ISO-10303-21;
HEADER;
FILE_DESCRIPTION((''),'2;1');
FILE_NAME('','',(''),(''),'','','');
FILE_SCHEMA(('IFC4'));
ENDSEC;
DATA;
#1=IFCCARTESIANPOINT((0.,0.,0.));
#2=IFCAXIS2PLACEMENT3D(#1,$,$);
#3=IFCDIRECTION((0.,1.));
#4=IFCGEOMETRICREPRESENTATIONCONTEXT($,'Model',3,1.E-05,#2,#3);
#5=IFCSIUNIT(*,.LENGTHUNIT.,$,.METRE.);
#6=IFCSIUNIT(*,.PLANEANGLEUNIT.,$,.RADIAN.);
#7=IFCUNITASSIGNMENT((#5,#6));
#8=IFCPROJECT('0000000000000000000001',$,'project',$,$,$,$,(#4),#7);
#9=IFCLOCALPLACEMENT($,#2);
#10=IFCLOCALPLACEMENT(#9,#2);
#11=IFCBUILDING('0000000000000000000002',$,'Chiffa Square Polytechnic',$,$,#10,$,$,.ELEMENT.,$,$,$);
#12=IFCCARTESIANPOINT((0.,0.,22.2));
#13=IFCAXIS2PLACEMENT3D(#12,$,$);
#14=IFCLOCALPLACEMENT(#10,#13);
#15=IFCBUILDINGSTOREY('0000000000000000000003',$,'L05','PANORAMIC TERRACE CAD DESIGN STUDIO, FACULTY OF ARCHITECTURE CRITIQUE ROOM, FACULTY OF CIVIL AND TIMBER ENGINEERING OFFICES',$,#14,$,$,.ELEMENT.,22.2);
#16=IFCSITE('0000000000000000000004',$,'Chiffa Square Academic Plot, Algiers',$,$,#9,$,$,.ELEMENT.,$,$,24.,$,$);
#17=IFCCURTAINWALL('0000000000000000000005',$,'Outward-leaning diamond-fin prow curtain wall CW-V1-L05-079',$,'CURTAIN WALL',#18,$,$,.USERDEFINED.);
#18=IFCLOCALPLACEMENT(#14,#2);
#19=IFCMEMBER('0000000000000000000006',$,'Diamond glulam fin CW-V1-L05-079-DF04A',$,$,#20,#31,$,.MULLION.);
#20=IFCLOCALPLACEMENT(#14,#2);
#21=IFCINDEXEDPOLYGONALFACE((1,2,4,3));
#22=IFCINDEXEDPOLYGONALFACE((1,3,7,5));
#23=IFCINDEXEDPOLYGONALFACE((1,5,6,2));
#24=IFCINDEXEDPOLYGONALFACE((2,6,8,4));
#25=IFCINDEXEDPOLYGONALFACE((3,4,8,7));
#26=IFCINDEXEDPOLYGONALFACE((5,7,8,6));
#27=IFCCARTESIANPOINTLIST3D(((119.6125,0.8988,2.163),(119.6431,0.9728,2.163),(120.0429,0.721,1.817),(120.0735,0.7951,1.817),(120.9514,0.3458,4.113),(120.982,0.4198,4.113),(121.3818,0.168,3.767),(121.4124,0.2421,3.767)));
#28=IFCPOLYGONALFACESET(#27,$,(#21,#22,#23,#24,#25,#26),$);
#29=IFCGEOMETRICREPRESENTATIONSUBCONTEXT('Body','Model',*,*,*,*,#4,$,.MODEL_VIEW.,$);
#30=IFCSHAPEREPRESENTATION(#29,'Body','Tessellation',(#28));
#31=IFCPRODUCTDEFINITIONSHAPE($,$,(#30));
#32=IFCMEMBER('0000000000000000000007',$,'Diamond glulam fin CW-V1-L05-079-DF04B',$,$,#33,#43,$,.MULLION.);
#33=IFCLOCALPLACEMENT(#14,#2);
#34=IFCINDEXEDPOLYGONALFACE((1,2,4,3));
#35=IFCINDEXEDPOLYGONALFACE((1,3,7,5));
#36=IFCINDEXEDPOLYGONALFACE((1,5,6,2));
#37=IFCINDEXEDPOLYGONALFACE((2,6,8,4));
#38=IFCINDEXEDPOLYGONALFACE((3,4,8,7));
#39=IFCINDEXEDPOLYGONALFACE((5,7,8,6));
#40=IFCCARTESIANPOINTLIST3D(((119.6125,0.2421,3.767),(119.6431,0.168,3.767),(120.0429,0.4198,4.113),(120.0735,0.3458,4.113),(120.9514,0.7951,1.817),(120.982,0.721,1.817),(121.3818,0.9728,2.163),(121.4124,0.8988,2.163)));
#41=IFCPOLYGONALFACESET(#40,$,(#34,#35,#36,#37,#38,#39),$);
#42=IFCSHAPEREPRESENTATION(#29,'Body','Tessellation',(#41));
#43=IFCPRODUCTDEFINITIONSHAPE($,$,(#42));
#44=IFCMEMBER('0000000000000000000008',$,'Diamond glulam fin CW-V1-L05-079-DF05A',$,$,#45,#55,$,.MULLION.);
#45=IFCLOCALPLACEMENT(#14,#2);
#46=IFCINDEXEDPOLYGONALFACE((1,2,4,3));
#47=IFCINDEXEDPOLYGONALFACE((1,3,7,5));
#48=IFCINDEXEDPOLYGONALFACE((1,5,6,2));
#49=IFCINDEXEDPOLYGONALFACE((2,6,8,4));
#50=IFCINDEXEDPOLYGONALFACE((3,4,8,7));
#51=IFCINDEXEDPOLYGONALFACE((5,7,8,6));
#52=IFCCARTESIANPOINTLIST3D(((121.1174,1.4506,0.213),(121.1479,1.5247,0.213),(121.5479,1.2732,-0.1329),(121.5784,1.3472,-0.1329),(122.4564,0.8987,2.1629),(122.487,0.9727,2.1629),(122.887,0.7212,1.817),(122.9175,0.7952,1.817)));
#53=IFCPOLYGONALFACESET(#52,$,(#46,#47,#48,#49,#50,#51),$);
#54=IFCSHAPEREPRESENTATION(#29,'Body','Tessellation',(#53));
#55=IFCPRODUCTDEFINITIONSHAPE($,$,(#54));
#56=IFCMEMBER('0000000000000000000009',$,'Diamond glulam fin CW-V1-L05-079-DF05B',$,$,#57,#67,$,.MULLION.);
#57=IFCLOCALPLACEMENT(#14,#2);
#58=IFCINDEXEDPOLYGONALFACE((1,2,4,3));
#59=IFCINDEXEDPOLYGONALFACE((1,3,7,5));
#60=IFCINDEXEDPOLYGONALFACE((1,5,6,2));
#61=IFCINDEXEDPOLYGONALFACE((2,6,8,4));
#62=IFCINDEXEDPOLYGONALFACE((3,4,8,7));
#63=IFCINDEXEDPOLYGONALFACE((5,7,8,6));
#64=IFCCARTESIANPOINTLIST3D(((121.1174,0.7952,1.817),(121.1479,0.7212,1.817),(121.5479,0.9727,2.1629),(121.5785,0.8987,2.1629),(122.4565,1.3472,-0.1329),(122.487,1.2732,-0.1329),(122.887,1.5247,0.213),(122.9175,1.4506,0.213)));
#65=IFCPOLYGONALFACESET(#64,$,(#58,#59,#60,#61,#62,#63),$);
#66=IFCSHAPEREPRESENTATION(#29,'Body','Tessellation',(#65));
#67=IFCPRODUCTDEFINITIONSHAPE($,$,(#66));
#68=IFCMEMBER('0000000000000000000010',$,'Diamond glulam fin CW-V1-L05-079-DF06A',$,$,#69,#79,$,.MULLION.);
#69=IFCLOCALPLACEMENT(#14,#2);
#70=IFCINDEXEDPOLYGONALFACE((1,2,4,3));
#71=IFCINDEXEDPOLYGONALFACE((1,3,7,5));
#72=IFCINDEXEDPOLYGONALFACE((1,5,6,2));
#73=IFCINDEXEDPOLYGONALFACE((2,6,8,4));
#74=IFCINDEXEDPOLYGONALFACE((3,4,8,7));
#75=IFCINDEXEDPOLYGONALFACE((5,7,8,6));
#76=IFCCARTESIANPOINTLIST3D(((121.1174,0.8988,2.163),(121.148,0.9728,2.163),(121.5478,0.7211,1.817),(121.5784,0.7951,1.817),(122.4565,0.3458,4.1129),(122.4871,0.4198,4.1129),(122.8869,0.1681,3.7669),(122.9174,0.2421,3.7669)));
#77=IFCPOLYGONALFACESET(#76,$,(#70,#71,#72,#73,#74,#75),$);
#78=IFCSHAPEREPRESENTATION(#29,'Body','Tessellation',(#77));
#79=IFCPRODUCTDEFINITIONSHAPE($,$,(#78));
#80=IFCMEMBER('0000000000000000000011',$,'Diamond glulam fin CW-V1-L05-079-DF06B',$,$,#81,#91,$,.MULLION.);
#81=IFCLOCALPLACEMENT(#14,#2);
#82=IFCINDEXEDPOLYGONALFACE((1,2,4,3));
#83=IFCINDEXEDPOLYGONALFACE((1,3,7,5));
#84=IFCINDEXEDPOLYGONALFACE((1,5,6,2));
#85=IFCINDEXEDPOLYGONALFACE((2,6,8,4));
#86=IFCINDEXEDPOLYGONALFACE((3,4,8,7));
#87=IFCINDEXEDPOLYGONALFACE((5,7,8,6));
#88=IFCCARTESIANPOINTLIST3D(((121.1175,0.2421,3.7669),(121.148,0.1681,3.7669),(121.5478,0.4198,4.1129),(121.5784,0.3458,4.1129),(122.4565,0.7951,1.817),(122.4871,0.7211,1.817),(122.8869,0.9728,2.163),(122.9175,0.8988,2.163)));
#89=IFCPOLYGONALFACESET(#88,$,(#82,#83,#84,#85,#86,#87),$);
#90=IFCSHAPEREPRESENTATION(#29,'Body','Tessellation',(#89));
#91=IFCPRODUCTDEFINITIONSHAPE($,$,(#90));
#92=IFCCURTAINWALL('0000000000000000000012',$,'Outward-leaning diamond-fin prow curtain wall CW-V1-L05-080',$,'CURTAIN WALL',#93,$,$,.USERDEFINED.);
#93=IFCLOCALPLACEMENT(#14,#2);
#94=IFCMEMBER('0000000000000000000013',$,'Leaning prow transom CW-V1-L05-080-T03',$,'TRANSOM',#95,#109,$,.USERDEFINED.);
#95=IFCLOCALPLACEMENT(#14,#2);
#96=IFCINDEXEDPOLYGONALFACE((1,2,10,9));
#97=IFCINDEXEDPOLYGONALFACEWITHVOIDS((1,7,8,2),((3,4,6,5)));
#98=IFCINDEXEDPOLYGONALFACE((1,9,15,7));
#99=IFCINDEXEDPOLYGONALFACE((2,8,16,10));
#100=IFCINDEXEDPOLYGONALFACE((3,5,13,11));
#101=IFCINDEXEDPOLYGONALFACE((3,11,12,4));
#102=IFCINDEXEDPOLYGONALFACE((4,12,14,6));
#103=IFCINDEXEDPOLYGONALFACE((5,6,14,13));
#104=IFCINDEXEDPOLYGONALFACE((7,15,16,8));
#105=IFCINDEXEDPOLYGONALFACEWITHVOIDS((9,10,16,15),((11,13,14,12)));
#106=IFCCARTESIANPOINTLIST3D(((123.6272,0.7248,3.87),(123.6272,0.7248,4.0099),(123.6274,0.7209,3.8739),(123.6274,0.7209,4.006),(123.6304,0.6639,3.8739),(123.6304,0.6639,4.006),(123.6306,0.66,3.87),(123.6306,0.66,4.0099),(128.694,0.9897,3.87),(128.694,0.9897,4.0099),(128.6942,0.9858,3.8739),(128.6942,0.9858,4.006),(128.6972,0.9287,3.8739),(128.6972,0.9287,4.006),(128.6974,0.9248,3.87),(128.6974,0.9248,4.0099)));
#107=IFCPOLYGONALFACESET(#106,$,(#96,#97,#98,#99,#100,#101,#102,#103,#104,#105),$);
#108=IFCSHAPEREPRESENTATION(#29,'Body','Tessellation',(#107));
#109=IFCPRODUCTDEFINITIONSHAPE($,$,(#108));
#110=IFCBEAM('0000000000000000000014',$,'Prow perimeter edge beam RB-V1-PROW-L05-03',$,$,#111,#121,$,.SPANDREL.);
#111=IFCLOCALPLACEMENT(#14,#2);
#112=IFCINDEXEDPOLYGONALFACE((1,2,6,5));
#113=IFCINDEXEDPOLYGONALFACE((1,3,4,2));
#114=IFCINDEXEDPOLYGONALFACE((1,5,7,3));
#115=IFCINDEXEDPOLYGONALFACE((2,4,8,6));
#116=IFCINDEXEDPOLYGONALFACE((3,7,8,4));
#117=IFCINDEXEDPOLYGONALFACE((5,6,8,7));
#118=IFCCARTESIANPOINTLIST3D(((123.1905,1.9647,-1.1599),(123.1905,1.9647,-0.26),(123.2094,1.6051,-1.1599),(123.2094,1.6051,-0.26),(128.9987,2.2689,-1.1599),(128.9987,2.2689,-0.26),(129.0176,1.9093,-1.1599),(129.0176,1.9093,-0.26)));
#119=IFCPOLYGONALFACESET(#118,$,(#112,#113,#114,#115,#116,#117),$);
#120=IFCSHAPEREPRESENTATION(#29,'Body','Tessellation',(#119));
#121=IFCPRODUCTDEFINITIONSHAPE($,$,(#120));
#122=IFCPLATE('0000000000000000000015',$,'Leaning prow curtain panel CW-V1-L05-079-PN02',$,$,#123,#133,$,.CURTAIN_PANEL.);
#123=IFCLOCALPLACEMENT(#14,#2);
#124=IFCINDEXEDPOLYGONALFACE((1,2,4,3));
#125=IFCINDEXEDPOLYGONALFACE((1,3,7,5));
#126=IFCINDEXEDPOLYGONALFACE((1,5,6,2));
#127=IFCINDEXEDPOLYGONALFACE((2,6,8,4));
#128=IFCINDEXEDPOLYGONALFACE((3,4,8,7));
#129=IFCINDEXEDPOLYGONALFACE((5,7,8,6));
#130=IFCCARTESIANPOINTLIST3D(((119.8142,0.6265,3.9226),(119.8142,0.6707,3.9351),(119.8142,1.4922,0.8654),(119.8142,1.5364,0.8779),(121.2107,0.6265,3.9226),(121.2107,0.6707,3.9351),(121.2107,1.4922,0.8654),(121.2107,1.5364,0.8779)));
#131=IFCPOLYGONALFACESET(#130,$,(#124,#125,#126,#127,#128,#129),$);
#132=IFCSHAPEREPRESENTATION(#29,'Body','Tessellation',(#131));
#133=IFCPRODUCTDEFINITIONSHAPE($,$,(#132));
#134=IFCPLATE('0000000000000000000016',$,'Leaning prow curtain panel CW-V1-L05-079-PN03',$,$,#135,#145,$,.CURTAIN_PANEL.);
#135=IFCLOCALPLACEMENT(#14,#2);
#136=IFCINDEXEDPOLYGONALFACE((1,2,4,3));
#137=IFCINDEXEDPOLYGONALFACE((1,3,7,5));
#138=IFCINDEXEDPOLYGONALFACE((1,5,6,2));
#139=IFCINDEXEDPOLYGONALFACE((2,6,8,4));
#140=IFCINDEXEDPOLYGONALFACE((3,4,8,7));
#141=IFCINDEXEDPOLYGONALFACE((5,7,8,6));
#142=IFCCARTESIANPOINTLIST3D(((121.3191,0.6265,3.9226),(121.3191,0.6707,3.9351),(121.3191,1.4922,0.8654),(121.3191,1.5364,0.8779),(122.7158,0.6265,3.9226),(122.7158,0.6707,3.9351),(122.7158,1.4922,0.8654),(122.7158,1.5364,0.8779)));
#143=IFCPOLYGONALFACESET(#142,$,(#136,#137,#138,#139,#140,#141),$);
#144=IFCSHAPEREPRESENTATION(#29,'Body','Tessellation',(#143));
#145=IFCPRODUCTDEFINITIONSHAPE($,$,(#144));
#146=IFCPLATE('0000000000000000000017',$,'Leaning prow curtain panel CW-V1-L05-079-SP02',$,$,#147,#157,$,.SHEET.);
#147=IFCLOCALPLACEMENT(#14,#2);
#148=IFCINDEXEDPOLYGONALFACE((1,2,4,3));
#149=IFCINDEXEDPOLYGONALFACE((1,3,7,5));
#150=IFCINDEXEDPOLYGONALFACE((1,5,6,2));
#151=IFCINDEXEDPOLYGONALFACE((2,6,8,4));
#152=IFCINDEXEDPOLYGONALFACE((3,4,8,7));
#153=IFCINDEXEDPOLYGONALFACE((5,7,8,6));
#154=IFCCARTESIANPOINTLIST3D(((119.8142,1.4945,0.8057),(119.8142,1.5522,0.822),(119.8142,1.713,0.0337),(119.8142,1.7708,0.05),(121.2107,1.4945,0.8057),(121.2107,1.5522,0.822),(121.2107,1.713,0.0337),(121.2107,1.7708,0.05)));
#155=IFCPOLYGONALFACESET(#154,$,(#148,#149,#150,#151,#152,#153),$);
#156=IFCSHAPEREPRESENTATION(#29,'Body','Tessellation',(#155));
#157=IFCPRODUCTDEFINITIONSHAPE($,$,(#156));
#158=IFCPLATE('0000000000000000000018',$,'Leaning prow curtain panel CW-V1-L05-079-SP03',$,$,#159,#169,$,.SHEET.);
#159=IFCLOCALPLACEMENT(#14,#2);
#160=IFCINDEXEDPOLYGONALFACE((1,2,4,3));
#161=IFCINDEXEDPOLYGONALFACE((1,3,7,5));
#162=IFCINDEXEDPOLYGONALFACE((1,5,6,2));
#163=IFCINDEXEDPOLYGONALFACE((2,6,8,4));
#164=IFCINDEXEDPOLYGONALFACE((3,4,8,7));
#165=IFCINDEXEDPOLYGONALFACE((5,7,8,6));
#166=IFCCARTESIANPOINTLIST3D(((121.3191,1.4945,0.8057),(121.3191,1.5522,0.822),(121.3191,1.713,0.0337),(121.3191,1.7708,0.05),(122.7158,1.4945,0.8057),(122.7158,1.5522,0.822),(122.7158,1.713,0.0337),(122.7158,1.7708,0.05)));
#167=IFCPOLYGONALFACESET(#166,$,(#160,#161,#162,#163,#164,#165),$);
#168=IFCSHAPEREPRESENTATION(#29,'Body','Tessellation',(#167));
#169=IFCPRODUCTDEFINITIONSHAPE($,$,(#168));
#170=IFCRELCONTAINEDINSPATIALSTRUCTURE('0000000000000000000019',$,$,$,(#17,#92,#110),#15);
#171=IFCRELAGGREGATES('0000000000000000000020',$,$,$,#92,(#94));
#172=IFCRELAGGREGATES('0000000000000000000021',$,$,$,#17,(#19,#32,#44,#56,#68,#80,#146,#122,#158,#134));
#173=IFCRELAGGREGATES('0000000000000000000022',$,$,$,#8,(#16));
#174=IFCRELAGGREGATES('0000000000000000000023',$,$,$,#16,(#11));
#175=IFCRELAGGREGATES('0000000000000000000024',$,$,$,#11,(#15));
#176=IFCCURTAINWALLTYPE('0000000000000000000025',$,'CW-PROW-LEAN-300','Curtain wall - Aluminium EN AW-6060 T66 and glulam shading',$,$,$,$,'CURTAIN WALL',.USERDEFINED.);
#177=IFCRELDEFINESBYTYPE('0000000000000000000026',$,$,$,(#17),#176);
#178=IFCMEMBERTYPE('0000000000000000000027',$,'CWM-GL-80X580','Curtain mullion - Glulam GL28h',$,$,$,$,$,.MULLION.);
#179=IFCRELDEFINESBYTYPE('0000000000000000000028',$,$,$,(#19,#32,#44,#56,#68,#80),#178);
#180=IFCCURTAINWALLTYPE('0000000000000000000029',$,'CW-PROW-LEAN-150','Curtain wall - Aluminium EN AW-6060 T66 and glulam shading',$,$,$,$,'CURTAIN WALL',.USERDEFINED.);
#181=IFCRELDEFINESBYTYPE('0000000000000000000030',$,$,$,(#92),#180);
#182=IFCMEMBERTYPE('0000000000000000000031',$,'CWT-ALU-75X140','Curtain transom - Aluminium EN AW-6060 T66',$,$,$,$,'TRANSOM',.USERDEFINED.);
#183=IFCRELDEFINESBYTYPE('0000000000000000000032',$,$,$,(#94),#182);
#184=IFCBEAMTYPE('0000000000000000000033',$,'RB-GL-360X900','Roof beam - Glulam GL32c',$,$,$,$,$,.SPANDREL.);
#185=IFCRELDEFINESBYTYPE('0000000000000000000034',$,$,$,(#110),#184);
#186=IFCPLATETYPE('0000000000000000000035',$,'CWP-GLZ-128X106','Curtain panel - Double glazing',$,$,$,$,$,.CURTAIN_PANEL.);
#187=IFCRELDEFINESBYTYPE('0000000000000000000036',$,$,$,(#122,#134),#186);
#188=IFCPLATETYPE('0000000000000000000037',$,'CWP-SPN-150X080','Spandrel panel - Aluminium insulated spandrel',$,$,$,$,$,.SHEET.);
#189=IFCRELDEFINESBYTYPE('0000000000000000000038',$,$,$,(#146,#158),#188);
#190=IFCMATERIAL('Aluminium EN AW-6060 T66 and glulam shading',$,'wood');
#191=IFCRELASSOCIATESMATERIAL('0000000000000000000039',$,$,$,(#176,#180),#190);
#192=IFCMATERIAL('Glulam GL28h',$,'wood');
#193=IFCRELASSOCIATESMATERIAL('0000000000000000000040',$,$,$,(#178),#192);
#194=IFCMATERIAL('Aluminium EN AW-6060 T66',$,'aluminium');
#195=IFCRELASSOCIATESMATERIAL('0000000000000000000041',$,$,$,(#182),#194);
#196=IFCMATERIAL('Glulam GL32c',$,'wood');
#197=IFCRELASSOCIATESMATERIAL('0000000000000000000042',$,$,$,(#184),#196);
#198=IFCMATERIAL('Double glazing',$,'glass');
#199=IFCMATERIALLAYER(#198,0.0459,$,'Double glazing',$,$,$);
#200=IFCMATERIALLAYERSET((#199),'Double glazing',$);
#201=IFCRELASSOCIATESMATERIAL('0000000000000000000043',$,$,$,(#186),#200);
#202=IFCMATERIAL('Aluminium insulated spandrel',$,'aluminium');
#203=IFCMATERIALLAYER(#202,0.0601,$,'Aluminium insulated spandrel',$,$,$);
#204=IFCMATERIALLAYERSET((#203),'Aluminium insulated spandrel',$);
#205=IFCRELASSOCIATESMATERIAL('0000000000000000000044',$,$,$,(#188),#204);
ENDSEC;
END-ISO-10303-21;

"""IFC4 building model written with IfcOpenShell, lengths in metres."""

from ifc_helpers import new_model, si_unit, direction, frame, origin, origin_2d, place, context, subcontext, project, spatial, polyline, rectangle, hollow_rectangle, outline, extrude, material, layer, layer_set, material_profile, profile_set, type_object, element, aggregate, save


model = new_model("IFC4")

# Units and contexts
model_context = context("Model", 3, precision=1e-05, world=origin(), true_north=direction((0.0, 1.0)))
body_context = subcontext(model_context, "Body", "Model", "MODEL_VIEW")
ifc_project = project(units=[si_unit("LENGTHUNIT", "METRE"), si_unit("PLANEANGLEUNIT", "RADIAN")], contexts=[model_context])

# Site, building, storey
site_placement = place(None, origin())
site = spatial("IfcSite", under=ifc_project, at=site_placement, Name="Chiffa Square Academic Plot, Algiers", CompositionType="ELEMENT", RefElevation=24.0)
building_placement = place(site_placement, origin())
building = spatial("IfcBuilding", under=site, at=building_placement, Name="Chiffa Square Polytechnic", CompositionType="ELEMENT")
storey_placement = place(building_placement, frame((0.0, 0.0, 22.2)))
storey = spatial("IfcBuildingStorey", under=building, at=storey_placement, Name="L05", Description="PANORAMIC TERRACE CAD DESIGN STUDIO, FACULTY OF ARCHITECTURE CRITIQUE ROOM, FACULTY OF CIVIL AND TIMBER ENGINEERING OFFICES", CompositionType="ELEMENT", Elevation=22.2)

# Shared definitions
ifc_material_1 = material(Name="Glulam GL32c", Category="wood")

# Curtain wall, members
ifc_material_2 = material(Name="Aluminium EN AW-6060 T66 and glulam shading", Category="wood")
curtain_wall_type_1 = type_object("IfcCurtainWallType", Name="CW-PROW-LEAN-300", Description="Curtain wall - Aluminium EN AW-6060 T66 and glulam shading", ElementType="CURTAIN WALL", PredefinedType="USERDEFINED", material=ifc_material_2)
curtain_wall_1_placement = place(storey_placement, origin())
curtain_wall_1 = element("IfcCurtainWall", 1, at=curtain_wall_1_placement, inside=storey, type_object=curtain_wall_type_1, Name="Outward-leaning diamond-fin prow curtain wall CW-V1-L05-079", ObjectType="CURTAIN WALL", PredefinedType="USERDEFINED")
ifc_material_3 = material(Name="Aluminium EN AW-6060 T66", Category="aluminium")
ifc_material_4 = material(Name="Glulam GL28h", Category="wood")
ifc_material_profile_1 = material_profile(ifc_material_4, rectangle(XDim=0.0801, YDim=0.5801, at=origin_2d()), Name="GL28h 80x580")
ifc_profile_set_1 = profile_set([ifc_material_profile_1], Name="Glulam GL28h")
member_type_1 = type_object("IfcMemberType", Name="CWM-GL-80X580", Description="Curtain mullion - Glulam GL28h", PredefinedType="MULLION", material=ifc_profile_set_1)
member_1_placement = place(storey_placement, frame((119.843, 0.8469, 1.99), z_axis=(0.551172, -0.227645, 0.802737), x_axis=(0.381741, 0.924269, 0.0)))
member_1 = element("IfcMember", 2, at=member_1_placement, type_object=member_type_1, Name="Diamond glulam fin CW-V1-L05-079-DF04A", PredefinedType="MULLION", context=body_context, shape_type="SweptSolid", body=[
    extrude(rectangle(XDim=0.0801, YDim=0.5801, at=origin_2d()), origin(), (0.0, 0.0, 1.0), 2.4292),
])
member_2_placement = place(storey_placement, frame((121.1819, 0.8469, 1.99), z_axis=(-0.551172, -0.227645, 0.802737), x_axis=(0.381741, -0.924269, 0.0)))
member_2 = element("IfcMember", 3, at=member_2_placement, type_object=member_type_1, Name="Diamond glulam fin CW-V1-L05-079-DF04B", PredefinedType="MULLION", context=body_context, shape_type="SweptSolid", body=[
    extrude(rectangle(XDim=0.0801, YDim=0.5801, at=origin_2d()), origin(), (0.0, 0.0, 1.0), 2.4292),
])
member_3_placement = place(storey_placement, frame((121.3479, 1.3989, 0.04), z_axis=(0.551292, -0.227251, 0.802766), x_axis=(0.381106, 0.924531, 0.0)))
member_3 = element("IfcMember", 4, at=member_3_placement, type_object=member_type_1, Name="Diamond glulam fin CW-V1-L05-079-DF05A", PredefinedType="MULLION", context=body_context, shape_type="SweptSolid", body=[
    extrude(rectangle(XDim=0.0801, YDim=0.5801, at=origin_2d()), origin(), (0.0, 0.0, 1.0), 2.429),
])
member_4_placement = place(storey_placement, frame((122.687, 1.3989, 0.04), z_axis=(-0.551292, -0.227251, 0.802766), x_axis=(0.381106, -0.924531, 0.0)))
member_4 = element("IfcMember", 5, at=member_4_placement, type_object=member_type_1, Name="Diamond glulam fin CW-V1-L05-079-DF05B", PredefinedType="MULLION", context=body_context, shape_type="SweptSolid", body=[
    extrude(rectangle(XDim=0.0801, YDim=0.5801, at=origin_2d()), origin(), (0.0, 0.0, 1.0), 2.429),
])
member_5_placement = place(storey_placement, frame((121.3479, 0.8469, 1.99), z_axis=(0.551242, -0.227632, 0.802693), x_axis=(0.381682, 0.924294, 0.0)))
member_5 = element("IfcMember", 6, at=member_5_placement, type_object=member_type_1, Name="Diamond glulam fin CW-V1-L05-079-DF06A", PredefinedType="MULLION", context=body_context, shape_type="SweptSolid", body=[
    extrude(rectangle(XDim=0.0801, YDim=0.5801, at=origin_2d()), origin(), (0.0, 0.0, 1.0), 2.4292),
])
member_6_placement = place(storey_placement, frame((122.687, 0.8469, 1.99), z_axis=(-0.551242, -0.227632, 0.802693), x_axis=(0.381682, -0.924294, 0.0)))
member_6 = element("IfcMember", 7, at=member_6_placement, type_object=member_type_1, Name="Diamond glulam fin CW-V1-L05-079-DF06B", PredefinedType="MULLION", context=body_context, shape_type="SweptSolid", body=[
    extrude(rectangle(XDim=0.0801, YDim=0.5801, at=origin_2d()), origin(), (0.0, 0.0, 1.0), 2.4292),
])

# Curtain wall, member
curtain_wall_type_2 = type_object("IfcCurtainWallType", Name="CW-PROW-LEAN-150", Description="Curtain wall - Aluminium EN AW-6060 T66 and glulam shading", ElementType="CURTAIN WALL", PredefinedType="USERDEFINED", material=ifc_material_2)
curtain_wall_2_placement = place(storey_placement, origin())
curtain_wall_2 = element("IfcCurtainWall", 8, at=curtain_wall_2_placement, inside=storey, type_object=curtain_wall_type_2, Name="Outward-leaning diamond-fin prow curtain wall CW-V1-L05-080", ObjectType="CURTAIN WALL", PredefinedType="USERDEFINED")
ifc_material_profile_2 = material_profile(ifc_material_3, hollow_rectangle(XDim=0.0649, YDim=0.1399, WallThickness=0.0039, at=origin_2d()), Name="ALU 65x140x4")
ifc_profile_set_2 = profile_set([ifc_material_profile_2], Name="Aluminium EN AW-6060 T66")
member_type_2 = type_object("IfcMemberType", Name="CWT-ALU-75X140", Description="Curtain transom - Aluminium EN AW-6060 T66", ElementType="TRANSOM", PredefinedType="USERDEFINED", material=ifc_profile_set_2)
member_7_placement = place(storey_placement, frame((123.6289, 0.6924, 3.9399), z_axis=(0.998636, 0.052208, 0.0), x_axis=(-0.052208, 0.998636, 0.0)))
member_7 = element("IfcMember", 9, at=member_7_placement, type_object=member_type_2, Name="Leaning prow transom CW-V1-L05-080-T03", ObjectType="TRANSOM", PredefinedType="USERDEFINED", context=body_context, shape_type="SweptSolid", body=[
    extrude(hollow_rectangle(XDim=0.0649, YDim=0.1399, WallThickness=0.0039, at=origin_2d()), origin(), (0.0, 0.0, 1.0), 5.0737),
])
aggregate(curtain_wall_2, [member_7])

# Beam
ifc_material_profile_3 = material_profile(ifc_material_1, rectangle(XDim=0.3601, YDim=0.8999, at=origin_2d()), Name="GL32c 360x900")
ifc_profile_set_3 = profile_set([ifc_material_profile_3], Name="Glulam GL32c")
beam_type_1 = type_object("IfcBeamType", Name="RB-GL-360X900", Description="Roof beam - Glulam GL32c", PredefinedType="SPANDREL", material=ifc_profile_set_3)
beam_1_placement = place(storey_placement, frame((123.2, 1.7849, -0.71), z_axis=(0.998631, 0.052303, 0.0), x_axis=(-0.052303, 0.998631, 0.0)))
element("IfcBeam", 10, at=beam_1_placement, inside=storey, type_object=beam_type_1, Name="Prow perimeter edge beam RB-V1-PROW-L05-03", PredefinedType="SPANDREL", context=body_context, shape_type="SweptSolid", body=[
    extrude(rectangle(XDim=0.3601, YDim=0.8999, at=origin_2d()), origin(), (0.0, 0.0, 1.0), 5.8162),
])

# Plates
ifc_material_5 = material(Name="Double glazing", Category="glass")
ifc_layer_1 = layer(ifc_material_5, 0.0459, Name="Double glazing")
ifc_layer_set_1 = layer_set([ifc_layer_1], Name="Double glazing")
plate_type_1 = type_object("IfcPlateType", Name="CWP-GLZ-128X106", Description="Curtain panel - Double glazing", PredefinedType="CURTAIN_PANEL", material=ifc_layer_set_1)
plate_1_placement = place(storey_placement, frame((119.8142, 1.5364, 0.8779), z_axis=(0.0, 0.962165, 0.272467), x_axis=(1.0, 0.0, 0.0)))
plate_1 = element("IfcPlate", 11, at=plate_1_placement, type_object=plate_type_1, Name="Leaning prow curtain panel CW-V1-L05-079-PN02", PredefinedType="CURTAIN_PANEL", context=body_context, shape_type="SweptSolid", body=[
    extrude(outline(polyline([(0.0, 0.0), (1.3965, 0.0), (1.3965, -3.1773), (0.0, -3.1773), (0.0, 0.0)])), origin(), (0.0, 0.0, -1.0), 0.0459),
])
plate_2_placement = place(storey_placement, frame((121.3191, 1.5364, 0.8779), z_axis=(0.0, 0.962165, 0.272467), x_axis=(1.0, 0.0, 0.0)))
plate_2 = element("IfcPlate", 12, at=plate_2_placement, type_object=plate_type_1, Name="Leaning prow curtain panel CW-V1-L05-079-PN03", PredefinedType="CURTAIN_PANEL", context=body_context, shape_type="SweptSolid", body=[
    extrude(outline(polyline([(0.0, 0.0), (1.3967, 0.0), (1.3967, -3.1773), (0.0, -3.1773), (0.0, 0.0)])), origin(), (0.0, 0.0, -1.0), 0.0459),
])
ifc_material_6 = material(Name="Aluminium insulated spandrel", Category="aluminium")
ifc_layer_2 = layer(ifc_material_6, 0.0601, Name="Aluminium insulated spandrel")
ifc_layer_set_2 = layer_set([ifc_layer_2], Name="Aluminium insulated spandrel")
plate_type_2 = type_object("IfcPlateType", Name="CWP-SPN-150X080", Description="Spandrel panel - Aluminium insulated spandrel", PredefinedType="SHEET", material=ifc_layer_set_2)
plate_3_placement = place(storey_placement, frame((119.8142, 1.7708, 0.05), z_axis=(0.0, 0.962199, 0.272349), x_axis=(1.0, 0.0, 0.0)))
plate_3 = element("IfcPlate", 13, at=plate_3_placement, type_object=plate_type_2, Name="Leaning prow curtain panel CW-V1-L05-079-SP02", PredefinedType="SHEET", context=body_context, shape_type="SweptSolid", body=[
    extrude(outline(polyline([(0.0, 0.0), (1.3965, 0.0), (1.3965, -0.8023), (0.0, -0.8023), (0.0, 0.0)])), origin(), (0.0, 0.0, -1.0), 0.0601),
])
plate_4_placement = place(storey_placement, frame((121.3191, 1.7708, 0.05), z_axis=(0.0, 0.962199, 0.272349), x_axis=(1.0, 0.0, 0.0)))
plate_4 = element("IfcPlate", 14, at=plate_4_placement, type_object=plate_type_2, Name="Leaning prow curtain panel CW-V1-L05-079-SP03", PredefinedType="SHEET", context=body_context, shape_type="SweptSolid", body=[
    extrude(outline(polyline([(0.0, 0.0), (1.3967, 0.0), (1.3967, -0.8023), (0.0, -0.8023), (0.0, 0.0)])), origin(), (0.0, 0.0, -1.0), 0.0601),
])
aggregate(curtain_wall_1, [member_1, member_2, member_3, member_4, member_5, member_6, plate_3, plate_1, plate_4, plate_2])

save(model, "model.ifc")
